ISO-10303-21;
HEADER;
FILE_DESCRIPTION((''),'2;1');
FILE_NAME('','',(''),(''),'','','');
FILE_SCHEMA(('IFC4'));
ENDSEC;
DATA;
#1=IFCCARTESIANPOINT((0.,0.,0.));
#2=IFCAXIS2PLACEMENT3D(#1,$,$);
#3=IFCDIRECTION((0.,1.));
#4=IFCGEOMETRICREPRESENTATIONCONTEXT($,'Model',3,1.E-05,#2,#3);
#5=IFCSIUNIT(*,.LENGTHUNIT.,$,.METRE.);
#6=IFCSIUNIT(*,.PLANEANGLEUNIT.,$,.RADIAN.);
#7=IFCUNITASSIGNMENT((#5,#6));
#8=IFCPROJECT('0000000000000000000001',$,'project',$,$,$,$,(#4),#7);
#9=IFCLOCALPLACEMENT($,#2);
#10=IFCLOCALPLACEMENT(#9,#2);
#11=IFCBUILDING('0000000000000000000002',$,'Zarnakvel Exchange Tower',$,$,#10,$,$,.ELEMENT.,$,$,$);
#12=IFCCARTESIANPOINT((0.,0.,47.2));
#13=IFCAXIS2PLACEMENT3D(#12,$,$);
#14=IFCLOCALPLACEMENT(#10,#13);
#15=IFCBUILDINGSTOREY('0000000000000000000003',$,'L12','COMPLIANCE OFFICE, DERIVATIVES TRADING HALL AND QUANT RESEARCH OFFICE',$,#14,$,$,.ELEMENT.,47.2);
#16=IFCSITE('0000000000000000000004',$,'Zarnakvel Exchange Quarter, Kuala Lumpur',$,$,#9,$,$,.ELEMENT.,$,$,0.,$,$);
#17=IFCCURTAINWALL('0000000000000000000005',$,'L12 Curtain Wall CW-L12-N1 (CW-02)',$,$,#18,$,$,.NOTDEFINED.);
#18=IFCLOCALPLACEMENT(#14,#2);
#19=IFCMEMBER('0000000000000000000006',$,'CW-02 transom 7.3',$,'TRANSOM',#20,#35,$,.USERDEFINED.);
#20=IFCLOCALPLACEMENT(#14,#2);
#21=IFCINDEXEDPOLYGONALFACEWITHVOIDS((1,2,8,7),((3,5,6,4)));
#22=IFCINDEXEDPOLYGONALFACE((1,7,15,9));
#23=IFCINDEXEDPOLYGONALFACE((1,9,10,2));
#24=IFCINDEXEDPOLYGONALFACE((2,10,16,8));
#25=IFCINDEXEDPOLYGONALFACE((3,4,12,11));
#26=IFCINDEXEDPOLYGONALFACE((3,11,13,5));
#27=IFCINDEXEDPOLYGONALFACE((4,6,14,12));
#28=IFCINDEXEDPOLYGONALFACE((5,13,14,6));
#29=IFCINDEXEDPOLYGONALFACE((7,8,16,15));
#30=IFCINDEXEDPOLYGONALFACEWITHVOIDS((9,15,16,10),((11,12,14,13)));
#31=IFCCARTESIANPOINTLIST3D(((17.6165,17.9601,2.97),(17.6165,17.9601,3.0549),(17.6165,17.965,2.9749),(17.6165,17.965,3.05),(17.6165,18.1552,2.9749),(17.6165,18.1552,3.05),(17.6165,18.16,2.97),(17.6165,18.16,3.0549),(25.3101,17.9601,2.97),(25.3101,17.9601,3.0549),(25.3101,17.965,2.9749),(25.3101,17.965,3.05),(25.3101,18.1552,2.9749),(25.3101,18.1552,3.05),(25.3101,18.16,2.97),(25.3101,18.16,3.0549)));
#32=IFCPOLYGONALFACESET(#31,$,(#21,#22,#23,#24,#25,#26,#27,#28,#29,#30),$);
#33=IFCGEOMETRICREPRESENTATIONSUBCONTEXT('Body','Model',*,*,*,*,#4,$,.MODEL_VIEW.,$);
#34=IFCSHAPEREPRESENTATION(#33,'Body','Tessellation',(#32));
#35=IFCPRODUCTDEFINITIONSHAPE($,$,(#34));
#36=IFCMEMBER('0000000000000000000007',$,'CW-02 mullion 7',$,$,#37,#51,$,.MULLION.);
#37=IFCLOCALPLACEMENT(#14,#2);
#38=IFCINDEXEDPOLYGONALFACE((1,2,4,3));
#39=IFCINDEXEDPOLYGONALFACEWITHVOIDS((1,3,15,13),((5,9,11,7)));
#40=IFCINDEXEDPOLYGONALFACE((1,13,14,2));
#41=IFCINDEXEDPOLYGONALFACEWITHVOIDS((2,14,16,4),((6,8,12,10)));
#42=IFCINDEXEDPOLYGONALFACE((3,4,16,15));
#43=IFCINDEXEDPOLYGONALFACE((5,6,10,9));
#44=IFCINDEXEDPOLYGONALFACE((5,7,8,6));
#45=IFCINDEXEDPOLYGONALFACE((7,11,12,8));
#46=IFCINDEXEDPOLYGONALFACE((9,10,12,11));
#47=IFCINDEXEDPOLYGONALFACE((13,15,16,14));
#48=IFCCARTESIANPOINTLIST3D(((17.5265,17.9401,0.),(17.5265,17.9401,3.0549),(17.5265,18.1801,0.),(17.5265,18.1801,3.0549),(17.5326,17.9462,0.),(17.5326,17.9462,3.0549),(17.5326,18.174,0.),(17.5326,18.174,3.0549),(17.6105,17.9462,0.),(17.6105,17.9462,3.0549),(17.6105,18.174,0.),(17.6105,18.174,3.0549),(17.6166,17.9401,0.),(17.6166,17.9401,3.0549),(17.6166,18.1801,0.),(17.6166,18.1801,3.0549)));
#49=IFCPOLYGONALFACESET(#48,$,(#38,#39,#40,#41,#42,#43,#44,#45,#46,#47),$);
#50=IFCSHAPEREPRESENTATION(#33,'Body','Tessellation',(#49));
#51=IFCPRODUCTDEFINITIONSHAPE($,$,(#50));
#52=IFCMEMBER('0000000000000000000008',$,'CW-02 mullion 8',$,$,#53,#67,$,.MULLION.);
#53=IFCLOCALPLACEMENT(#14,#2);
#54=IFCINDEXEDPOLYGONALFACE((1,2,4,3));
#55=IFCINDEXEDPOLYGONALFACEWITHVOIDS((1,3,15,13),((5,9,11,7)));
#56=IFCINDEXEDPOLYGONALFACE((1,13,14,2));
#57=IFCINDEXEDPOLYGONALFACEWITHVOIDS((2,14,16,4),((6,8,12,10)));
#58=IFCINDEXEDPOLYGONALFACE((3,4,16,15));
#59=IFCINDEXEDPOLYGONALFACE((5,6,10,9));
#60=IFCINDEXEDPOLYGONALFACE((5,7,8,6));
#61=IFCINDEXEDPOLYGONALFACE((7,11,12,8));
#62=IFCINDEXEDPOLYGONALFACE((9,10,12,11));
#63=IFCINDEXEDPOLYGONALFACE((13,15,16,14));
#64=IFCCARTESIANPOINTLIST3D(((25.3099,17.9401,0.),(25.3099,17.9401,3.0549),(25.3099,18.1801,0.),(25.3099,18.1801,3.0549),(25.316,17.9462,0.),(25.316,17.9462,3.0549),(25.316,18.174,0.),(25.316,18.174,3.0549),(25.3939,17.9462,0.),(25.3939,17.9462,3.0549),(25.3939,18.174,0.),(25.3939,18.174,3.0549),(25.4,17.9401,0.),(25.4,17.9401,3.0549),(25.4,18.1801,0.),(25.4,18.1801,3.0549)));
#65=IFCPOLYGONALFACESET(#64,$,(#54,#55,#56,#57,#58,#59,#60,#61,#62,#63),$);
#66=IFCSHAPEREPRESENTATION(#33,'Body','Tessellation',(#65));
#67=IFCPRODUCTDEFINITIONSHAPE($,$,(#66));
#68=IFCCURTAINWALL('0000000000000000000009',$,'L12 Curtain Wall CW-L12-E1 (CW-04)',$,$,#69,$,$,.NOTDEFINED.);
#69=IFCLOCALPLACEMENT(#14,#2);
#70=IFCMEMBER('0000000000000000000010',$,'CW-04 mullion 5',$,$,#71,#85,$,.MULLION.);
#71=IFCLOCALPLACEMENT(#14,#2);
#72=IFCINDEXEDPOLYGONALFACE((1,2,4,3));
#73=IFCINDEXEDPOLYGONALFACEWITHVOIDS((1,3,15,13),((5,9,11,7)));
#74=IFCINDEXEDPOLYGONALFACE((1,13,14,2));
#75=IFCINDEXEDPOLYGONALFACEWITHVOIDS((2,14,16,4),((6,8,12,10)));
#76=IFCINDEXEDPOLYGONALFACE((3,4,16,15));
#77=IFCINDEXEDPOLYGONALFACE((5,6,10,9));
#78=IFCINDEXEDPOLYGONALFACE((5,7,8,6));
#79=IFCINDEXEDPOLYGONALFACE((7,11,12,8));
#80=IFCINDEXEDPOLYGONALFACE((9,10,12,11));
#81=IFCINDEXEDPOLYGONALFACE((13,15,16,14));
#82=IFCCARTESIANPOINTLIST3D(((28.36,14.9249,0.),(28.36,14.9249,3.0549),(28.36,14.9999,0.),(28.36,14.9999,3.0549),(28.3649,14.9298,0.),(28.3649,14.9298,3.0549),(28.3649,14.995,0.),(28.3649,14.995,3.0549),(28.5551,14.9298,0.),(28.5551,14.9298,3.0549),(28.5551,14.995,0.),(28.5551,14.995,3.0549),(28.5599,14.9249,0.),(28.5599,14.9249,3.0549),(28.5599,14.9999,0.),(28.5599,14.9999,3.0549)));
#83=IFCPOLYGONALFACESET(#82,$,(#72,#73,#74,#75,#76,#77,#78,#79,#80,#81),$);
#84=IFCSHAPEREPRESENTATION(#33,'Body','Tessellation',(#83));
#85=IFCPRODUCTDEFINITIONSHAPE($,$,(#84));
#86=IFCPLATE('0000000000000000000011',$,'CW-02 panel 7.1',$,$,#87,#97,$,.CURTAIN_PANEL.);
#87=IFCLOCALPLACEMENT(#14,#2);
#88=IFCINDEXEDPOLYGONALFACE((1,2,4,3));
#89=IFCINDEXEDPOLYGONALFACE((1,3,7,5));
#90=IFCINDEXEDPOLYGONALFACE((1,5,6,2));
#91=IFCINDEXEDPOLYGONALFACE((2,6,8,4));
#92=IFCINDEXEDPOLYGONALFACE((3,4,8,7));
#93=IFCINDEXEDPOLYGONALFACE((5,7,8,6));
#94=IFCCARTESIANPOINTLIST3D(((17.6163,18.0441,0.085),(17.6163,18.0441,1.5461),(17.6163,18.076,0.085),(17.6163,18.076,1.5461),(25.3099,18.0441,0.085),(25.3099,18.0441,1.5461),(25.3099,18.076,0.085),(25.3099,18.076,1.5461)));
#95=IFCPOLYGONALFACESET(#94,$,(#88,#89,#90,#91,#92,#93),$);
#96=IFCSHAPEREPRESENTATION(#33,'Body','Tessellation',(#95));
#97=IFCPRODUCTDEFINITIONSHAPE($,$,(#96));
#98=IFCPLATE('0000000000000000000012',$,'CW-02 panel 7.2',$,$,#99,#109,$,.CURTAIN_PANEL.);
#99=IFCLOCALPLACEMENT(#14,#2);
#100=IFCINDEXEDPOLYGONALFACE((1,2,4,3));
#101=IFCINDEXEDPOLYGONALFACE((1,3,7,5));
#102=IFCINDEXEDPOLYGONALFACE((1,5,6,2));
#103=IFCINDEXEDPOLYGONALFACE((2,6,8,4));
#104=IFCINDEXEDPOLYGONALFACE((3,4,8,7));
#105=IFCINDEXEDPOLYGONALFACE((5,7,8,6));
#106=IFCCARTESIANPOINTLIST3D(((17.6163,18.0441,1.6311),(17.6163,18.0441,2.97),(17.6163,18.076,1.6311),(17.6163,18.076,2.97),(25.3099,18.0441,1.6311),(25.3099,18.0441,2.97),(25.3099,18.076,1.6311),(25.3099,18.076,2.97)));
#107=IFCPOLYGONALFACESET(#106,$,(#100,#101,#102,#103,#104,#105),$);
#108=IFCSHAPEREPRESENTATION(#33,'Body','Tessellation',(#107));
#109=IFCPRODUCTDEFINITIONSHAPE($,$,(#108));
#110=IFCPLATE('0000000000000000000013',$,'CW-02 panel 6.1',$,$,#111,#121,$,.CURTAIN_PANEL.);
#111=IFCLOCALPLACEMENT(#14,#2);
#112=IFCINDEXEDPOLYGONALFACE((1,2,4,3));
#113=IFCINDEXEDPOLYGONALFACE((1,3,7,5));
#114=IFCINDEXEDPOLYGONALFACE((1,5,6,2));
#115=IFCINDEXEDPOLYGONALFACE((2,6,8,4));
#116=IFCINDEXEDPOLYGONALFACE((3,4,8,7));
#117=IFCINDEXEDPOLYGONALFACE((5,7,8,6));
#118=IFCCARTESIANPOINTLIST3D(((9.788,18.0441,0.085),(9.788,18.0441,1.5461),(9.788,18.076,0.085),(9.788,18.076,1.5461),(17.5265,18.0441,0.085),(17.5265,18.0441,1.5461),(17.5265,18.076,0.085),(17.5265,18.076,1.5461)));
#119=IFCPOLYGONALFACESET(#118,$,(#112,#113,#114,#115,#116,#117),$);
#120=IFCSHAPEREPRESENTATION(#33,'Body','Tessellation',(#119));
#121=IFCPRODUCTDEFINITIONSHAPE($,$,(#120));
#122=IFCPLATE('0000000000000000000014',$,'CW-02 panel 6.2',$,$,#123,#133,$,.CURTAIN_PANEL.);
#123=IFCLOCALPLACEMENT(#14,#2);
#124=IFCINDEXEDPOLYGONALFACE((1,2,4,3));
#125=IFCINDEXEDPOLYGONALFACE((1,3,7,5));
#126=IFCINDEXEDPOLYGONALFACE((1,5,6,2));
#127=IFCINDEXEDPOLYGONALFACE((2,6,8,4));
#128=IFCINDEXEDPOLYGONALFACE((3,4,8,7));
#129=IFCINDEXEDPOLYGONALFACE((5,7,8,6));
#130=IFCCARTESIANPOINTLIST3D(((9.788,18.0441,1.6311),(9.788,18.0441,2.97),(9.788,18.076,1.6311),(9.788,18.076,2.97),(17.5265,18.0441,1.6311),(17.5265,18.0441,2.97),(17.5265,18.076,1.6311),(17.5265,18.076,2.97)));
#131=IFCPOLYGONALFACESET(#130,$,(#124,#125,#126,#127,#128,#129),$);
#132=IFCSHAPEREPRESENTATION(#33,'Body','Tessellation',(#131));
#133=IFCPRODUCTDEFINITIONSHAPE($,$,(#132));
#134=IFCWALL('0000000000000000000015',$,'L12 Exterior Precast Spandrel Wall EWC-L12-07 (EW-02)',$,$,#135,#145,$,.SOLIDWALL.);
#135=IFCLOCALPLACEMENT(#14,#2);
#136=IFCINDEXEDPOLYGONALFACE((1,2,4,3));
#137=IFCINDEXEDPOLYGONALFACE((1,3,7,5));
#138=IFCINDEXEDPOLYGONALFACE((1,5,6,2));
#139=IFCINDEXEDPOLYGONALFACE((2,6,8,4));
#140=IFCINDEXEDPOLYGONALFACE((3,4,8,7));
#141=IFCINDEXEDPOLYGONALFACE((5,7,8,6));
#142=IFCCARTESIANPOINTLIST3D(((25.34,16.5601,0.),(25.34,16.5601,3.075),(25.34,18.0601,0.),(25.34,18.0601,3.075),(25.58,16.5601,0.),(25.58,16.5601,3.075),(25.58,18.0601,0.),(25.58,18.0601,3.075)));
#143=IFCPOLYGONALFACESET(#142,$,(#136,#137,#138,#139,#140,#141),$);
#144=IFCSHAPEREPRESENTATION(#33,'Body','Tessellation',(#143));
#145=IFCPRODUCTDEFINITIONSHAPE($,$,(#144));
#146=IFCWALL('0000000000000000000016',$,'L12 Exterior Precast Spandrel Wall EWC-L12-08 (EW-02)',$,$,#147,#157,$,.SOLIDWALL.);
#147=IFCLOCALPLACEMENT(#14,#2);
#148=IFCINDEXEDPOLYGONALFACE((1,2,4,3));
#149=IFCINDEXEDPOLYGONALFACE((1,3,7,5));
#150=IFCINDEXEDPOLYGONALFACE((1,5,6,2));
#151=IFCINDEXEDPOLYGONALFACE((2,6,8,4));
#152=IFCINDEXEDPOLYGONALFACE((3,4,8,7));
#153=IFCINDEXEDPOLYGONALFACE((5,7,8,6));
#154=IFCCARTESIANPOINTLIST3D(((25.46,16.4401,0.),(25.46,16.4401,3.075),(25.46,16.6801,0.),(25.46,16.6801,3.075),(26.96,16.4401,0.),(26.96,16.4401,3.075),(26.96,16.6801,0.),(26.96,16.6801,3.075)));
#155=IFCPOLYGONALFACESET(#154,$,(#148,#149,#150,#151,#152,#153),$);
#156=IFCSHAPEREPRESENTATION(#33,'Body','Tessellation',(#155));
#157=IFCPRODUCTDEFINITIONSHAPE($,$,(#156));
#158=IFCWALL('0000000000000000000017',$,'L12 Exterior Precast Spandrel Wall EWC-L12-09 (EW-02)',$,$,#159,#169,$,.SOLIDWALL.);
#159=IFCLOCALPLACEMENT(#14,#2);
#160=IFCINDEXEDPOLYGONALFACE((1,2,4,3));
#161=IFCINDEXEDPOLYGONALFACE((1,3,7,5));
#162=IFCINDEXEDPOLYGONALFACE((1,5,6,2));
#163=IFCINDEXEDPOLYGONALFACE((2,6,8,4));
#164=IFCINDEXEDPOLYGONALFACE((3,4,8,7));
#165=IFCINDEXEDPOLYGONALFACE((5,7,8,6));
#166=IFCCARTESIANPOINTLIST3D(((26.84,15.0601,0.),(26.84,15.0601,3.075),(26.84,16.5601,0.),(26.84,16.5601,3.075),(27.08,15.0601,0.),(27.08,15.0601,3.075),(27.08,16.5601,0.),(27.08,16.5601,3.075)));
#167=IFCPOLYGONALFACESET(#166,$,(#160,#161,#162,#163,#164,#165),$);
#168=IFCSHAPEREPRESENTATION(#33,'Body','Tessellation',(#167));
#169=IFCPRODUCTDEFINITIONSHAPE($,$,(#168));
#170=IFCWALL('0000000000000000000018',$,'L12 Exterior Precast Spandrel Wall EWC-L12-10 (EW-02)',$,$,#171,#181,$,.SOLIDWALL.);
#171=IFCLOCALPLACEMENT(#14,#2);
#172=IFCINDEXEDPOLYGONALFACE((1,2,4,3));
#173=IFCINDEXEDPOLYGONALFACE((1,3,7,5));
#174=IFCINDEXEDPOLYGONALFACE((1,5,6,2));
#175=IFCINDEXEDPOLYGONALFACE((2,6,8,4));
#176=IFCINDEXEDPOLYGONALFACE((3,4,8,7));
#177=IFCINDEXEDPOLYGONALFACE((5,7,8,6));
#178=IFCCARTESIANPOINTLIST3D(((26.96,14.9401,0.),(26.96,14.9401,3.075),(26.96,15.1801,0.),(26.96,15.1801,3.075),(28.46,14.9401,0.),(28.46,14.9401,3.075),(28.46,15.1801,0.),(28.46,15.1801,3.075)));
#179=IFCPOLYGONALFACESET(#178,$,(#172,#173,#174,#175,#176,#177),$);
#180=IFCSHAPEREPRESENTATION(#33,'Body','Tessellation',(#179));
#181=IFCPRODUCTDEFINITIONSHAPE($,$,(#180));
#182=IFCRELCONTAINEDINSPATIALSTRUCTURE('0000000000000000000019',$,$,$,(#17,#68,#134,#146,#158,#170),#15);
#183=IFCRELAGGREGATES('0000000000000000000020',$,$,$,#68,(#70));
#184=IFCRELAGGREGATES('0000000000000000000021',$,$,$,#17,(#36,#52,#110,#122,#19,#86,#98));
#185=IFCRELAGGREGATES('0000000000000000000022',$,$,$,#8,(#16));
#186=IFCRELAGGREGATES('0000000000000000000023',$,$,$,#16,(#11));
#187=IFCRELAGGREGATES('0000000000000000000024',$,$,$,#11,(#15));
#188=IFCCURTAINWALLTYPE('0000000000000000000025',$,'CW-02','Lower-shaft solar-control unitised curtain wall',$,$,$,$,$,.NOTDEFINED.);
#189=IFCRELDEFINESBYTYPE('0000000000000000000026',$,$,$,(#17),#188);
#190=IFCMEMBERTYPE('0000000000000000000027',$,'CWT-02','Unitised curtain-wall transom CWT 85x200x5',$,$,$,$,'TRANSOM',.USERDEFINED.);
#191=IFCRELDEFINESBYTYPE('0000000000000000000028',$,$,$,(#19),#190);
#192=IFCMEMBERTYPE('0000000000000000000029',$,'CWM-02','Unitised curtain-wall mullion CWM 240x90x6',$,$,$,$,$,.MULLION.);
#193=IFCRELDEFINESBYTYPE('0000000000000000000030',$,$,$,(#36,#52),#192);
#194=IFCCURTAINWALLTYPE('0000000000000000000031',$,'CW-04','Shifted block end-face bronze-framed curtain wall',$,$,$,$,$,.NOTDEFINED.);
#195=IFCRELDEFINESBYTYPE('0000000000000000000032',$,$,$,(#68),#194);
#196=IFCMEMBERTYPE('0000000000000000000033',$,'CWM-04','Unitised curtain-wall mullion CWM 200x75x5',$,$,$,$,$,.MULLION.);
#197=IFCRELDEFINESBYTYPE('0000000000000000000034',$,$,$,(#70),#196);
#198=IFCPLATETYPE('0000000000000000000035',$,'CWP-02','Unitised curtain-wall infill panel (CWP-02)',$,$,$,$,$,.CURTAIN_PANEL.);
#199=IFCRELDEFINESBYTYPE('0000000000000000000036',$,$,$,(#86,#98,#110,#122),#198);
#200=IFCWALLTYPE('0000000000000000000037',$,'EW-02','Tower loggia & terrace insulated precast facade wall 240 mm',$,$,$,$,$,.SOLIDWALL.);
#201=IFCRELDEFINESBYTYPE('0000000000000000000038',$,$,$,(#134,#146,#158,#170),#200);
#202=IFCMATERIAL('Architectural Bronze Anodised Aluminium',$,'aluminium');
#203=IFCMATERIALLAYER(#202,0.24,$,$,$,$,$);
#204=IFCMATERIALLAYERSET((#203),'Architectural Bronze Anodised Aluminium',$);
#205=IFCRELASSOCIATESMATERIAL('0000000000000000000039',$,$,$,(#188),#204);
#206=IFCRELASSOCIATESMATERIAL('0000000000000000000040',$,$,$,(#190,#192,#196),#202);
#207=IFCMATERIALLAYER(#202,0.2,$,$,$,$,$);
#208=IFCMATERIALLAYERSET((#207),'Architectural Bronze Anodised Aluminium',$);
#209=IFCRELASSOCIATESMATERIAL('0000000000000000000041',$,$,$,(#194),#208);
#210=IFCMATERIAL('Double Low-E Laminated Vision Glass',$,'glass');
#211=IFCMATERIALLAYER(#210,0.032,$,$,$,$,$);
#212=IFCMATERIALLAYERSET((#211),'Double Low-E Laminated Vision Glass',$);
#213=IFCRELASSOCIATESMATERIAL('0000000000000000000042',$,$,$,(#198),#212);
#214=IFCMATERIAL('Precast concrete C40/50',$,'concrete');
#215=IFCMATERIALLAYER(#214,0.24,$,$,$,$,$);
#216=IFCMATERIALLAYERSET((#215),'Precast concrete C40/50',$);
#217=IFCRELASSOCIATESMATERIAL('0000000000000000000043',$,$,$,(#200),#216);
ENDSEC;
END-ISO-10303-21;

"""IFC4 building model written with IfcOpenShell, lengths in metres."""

from ifc_helpers import new_model, si_unit, direction, frame, frame_2d, origin, origin_2d, place, context, subcontext, project, spatial, rectangle, hollow_rectangle, extrude, source, transform, mapped, material, layer, layer_set, material_profile, profile_set, type_object, element, aggregate, save


model = new_model("IFC4")

# Units and contexts
model_context = context("Model", 3, precision=1e-05, world=origin(), true_north=direction((0.0, 1.0)))
body_context = subcontext(model_context, "Body", "Model", "MODEL_VIEW")
ifc_project = project(units=[si_unit("LENGTHUNIT", "METRE"), si_unit("PLANEANGLEUNIT", "RADIAN")], contexts=[model_context])

# Site, building, storey
site_placement = place(None, origin())
site = spatial("IfcSite", under=ifc_project, at=site_placement, Name="Zarnakvel Exchange Quarter, Kuala Lumpur", CompositionType="ELEMENT", RefElevation=0.0)
building_placement = place(site_placement, origin())
building = spatial("IfcBuilding", under=site, at=building_placement, Name="Zarnakvel Exchange Tower", CompositionType="ELEMENT")
storey_placement = place(building_placement, frame((0.0, 0.0, 47.2)))
storey = spatial("IfcBuildingStorey", under=building, at=storey_placement, Name="L12", Description="COMPLIANCE OFFICE, DERIVATIVES TRADING HALL AND QUANT RESEARCH OFFICE", CompositionType="ELEMENT", Elevation=47.2)

# Curtain wall, members
ifc_material_1 = material(Name="Architectural Bronze Anodised Aluminium", Category="aluminium")
ifc_layer_1 = layer(ifc_material_1, 0.24)
ifc_layer_set_1 = layer_set([ifc_layer_1], Name="Architectural Bronze Anodised Aluminium")
curtain_wall_type_1 = type_object("IfcCurtainWallType", Name="CW-02", Description="Lower-shaft solar-control unitised curtain wall", PredefinedType="NOTDEFINED", material=ifc_layer_set_1)
curtain_wall_1_placement = place(storey_placement, origin())
curtain_wall_1 = element("IfcCurtainWall", 1, at=curtain_wall_1_placement, inside=storey, type_object=curtain_wall_type_1, Name="L12 Curtain Wall CW-L12-N1 (CW-02)", PredefinedType="NOTDEFINED")
ifc_material_profile_1 = material_profile(ifc_material_1, hollow_rectangle(XDim=0.2, YDim=0.085, WallThickness=0.0049, at=origin_2d()))
ifc_profile_set_1 = profile_set([ifc_material_profile_1], Name="Architectural Bronze Anodised Aluminium")
member_type_1 = type_object("IfcMemberType", Name="CWT-02", Description="Unitised curtain-wall transom CWT 85x200x5", ElementType="TRANSOM", PredefinedType="USERDEFINED", material=ifc_profile_set_1)
shared_shape_1 = source(origin(), body_context, "Body", "SweptSolid", [
    extrude(hollow_rectangle(XDim=0.2, YDim=0.085, WallThickness=0.0049, at=origin_2d()), origin(), (0.0, 0.0, 1.0), 7.6936),
])
member_1_placement = place(storey_placement, frame((17.6165, 18.0601, 3.0125), z_axis=(1.0, 0.0, 0.0), x_axis=(0.0, 1.0, 0.0)))
member_1 = element("IfcMember", 2, at=member_1_placement, type_object=member_type_1, Name="CW-02 transom 7.3", ObjectType="TRANSOM", PredefinedType="USERDEFINED", context=body_context, shape_type="MappedRepresentation", body=[
    mapped(shared_shape_1, transform((0.0, 0.0, 0.0), x_axis=(1.0, 0.0, 0.0), y_axis=(0.0, 1.0, 0.0), z_axis=(0.0, 0.0, 1.0), scale=1.0)),
])
ifc_material_profile_2 = material_profile(ifc_material_1, hollow_rectangle(XDim=0.24, YDim=0.0901, WallThickness=0.0061, at=origin_2d()))
ifc_profile_set_2 = profile_set([ifc_material_profile_2], Name="Architectural Bronze Anodised Aluminium")
member_type_2 = type_object("IfcMemberType", Name="CWM-02", Description="Unitised curtain-wall mullion CWM 240x90x6", PredefinedType="MULLION", material=ifc_profile_set_2)
shared_shape_2 = source(origin(), body_context, "Body", "SweptSolid", [
    extrude(hollow_rectangle(XDim=0.24, YDim=0.0901, WallThickness=0.0061, at=origin_2d()), origin(), (0.0, 0.0, 1.0), 3.0549),
])
member_2_placement = place(storey_placement, frame((17.5715, 18.0601, 0.0), z_axis=(0.0, 0.0, 1.0), x_axis=(0.0, 1.0, 0.0)))
member_2 = element("IfcMember", 3, at=member_2_placement, type_object=member_type_2, Name="CW-02 mullion 7", PredefinedType="MULLION", context=body_context, shape_type="MappedRepresentation", body=[
    mapped(shared_shape_2, transform((0.0, 0.0, 0.0), x_axis=(1.0, 0.0, 0.0), y_axis=(0.0, 1.0, 0.0), z_axis=(0.0, 0.0, 1.0), scale=1.0)),
])
member_3_placement = place(storey_placement, frame((25.355, 18.0601, 0.0), z_axis=(0.0, 0.0, 1.0), x_axis=(0.0, 1.0, 0.0)))
member_3 = element("IfcMember", 4, at=member_3_placement, type_object=member_type_2, Name="CW-02 mullion 8", PredefinedType="MULLION", context=body_context, shape_type="MappedRepresentation", body=[
    mapped(shared_shape_2, transform((0.0, 0.0, 0.0), x_axis=(1.0, 0.0, 0.0), y_axis=(0.0, 1.0, 0.0), z_axis=(0.0, 0.0, 1.0), scale=1.0)),
])

# Curtain wall, member
ifc_layer_2 = layer(ifc_material_1, 0.2)
ifc_layer_set_2 = layer_set([ifc_layer_2], Name="Architectural Bronze Anodised Aluminium")
curtain_wall_type_2 = type_object("IfcCurtainWallType", Name="CW-04", Description="Shifted block end-face bronze-framed curtain wall", PredefinedType="NOTDEFINED", material=ifc_layer_set_2)
curtain_wall_2_placement = place(storey_placement, origin())
curtain_wall_2 = element("IfcCurtainWall", 5, at=curtain_wall_2_placement, inside=storey, type_object=curtain_wall_type_2, Name="L12 Curtain Wall CW-L12-E1 (CW-04)", PredefinedType="NOTDEFINED")
ifc_material_profile_3 = material_profile(ifc_material_1, hollow_rectangle(XDim=0.2, YDim=0.075, WallThickness=0.0049, at=origin_2d()))
ifc_profile_set_3 = profile_set([ifc_material_profile_3], Name="Architectural Bronze Anodised Aluminium")
member_type_3 = type_object("IfcMemberType", Name="CWM-04", Description="Unitised curtain-wall mullion CWM 200x75x5", PredefinedType="MULLION", material=ifc_profile_set_3)
shared_shape_3 = source(origin(), body_context, "Body", "SweptSolid", [
    extrude(hollow_rectangle(XDim=0.2, YDim=0.075, WallThickness=0.0049, at=origin_2d()), origin(), (0.0, 0.0, 1.0), 3.0549),
])
member_4_placement = place(storey_placement, frame((28.46, 14.9624, 0.0), z_axis=(0.0, 0.0, 1.0), x_axis=(-1.0, 0.0, 0.0)))
member_4 = element("IfcMember", 6, at=member_4_placement, type_object=member_type_3, Name="CW-04 mullion 5", PredefinedType="MULLION", context=body_context, shape_type="MappedRepresentation", body=[
    mapped(shared_shape_3, transform((0.0, 0.0, 0.0), x_axis=(1.0, 0.0, 0.0), y_axis=(0.0, 1.0, 0.0), z_axis=(0.0, 0.0, 1.0), scale=1.0)),
])
aggregate(curtain_wall_2, [member_4])

# Plates
ifc_material_2 = material(Name="Double Low-E Laminated Vision Glass", Category="glass")
ifc_layer_3 = layer(ifc_material_2, 0.032)
ifc_layer_set_3 = layer_set([ifc_layer_3], Name="Double Low-E Laminated Vision Glass")
plate_type = type_object("IfcPlateType", Name="CWP-02", Description="Unitised curtain-wall infill panel (CWP-02)", PredefinedType="CURTAIN_PANEL", material=ifc_layer_set_3)
shared_shape_4 = source(origin(), body_context, "Body", "SweptSolid", [
    extrude(rectangle(XDim=7.6936, YDim=0.032, at=origin_2d()), origin(), (0.0, 0.0, 1.0), 1.4612),
])
plate_1_placement = place(storey_placement, frame((21.4631, 18.0601, 0.085), z_axis=(0.0, 0.0, 1.0), x_axis=(1.0, 0.0, 0.0)))
plate_1 = element("IfcPlate", 7, at=plate_1_placement, type_object=plate_type, Name="CW-02 panel 7.1", PredefinedType="CURTAIN_PANEL", context=body_context, shape_type="MappedRepresentation", body=[
    mapped(shared_shape_4, transform((0.0, 0.0, 0.0), x_axis=(1.0, 0.0, 0.0), y_axis=(0.0, 1.0, 0.0), z_axis=(0.0, 0.0, 1.0), scale=1.0)),
])
shared_shape_5 = source(origin(), body_context, "Body", "SweptSolid", [
    extrude(rectangle(XDim=7.6936, YDim=0.032, at=origin_2d()), origin(), (0.0, 0.0, 1.0), 1.3389),
])
plate_2_placement = place(storey_placement, frame((21.4631, 18.0601, 1.6311), z_axis=(0.0, 0.0, 1.0), x_axis=(1.0, 0.0, 0.0)))
plate_2 = element("IfcPlate", 8, at=plate_2_placement, type_object=plate_type, Name="CW-02 panel 7.2", PredefinedType="CURTAIN_PANEL", context=body_context, shape_type="MappedRepresentation", body=[
    mapped(shared_shape_5, transform((0.0, 0.0, 0.0), x_axis=(1.0, 0.0, 0.0), y_axis=(0.0, 1.0, 0.0), z_axis=(0.0, 0.0, 1.0), scale=1.0)),
])
shared_shape_6 = source(origin(), body_context, "Body", "SweptSolid", [
    extrude(rectangle(XDim=7.7385, YDim=0.032, at=origin_2d()), origin(), (0.0, 0.0, 1.0), 1.4612),
])
plate_3_placement = place(storey_placement, frame((13.6572, 18.0601, 0.085), z_axis=(0.0, 0.0, 1.0), x_axis=(1.0, 0.0, 0.0)))
plate_3 = element("IfcPlate", 9, at=plate_3_placement, type_object=plate_type, Name="CW-02 panel 6.1", PredefinedType="CURTAIN_PANEL", context=body_context, shape_type="MappedRepresentation", body=[
    mapped(shared_shape_6, transform((0.0, 0.0, 0.0), x_axis=(1.0, 0.0, 0.0), y_axis=(0.0, 1.0, 0.0), z_axis=(0.0, 0.0, 1.0), scale=1.0)),
])
shared_shape_7 = source(origin(), body_context, "Body", "SweptSolid", [
    extrude(rectangle(XDim=7.7385, YDim=0.032, at=origin_2d()), origin(), (0.0, 0.0, 1.0), 1.3389),
])
plate_4_placement = place(storey_placement, frame((13.6572, 18.0601, 1.6311), z_axis=(0.0, 0.0, 1.0), x_axis=(1.0, 0.0, 0.0)))
plate_4 = element("IfcPlate", 10, at=plate_4_placement, type_object=plate_type, Name="CW-02 panel 6.2", PredefinedType="CURTAIN_PANEL", context=body_context, shape_type="MappedRepresentation", body=[
    mapped(shared_shape_7, transform((0.0, 0.0, 0.0), x_axis=(1.0, 0.0, 0.0), y_axis=(0.0, 1.0, 0.0), z_axis=(0.0, 0.0, 1.0), scale=1.0)),
])
aggregate(curtain_wall_1, [member_2, member_3, plate_3, plate_4, member_1, plate_1, plate_2])

# Walls
ifc_material_3 = material(Name="Precast concrete C40/50", Category="concrete")
ifc_layer_4 = layer(ifc_material_3, 0.24)
ifc_layer_set_4 = layer_set([ifc_layer_4], Name="Precast concrete C40/50")
wall_type_1 = type_object("IfcWallType", Name="EW-02", Description="Tower loggia & terrace insulated precast facade wall 240 mm", PredefinedType="SOLIDWALL", material=ifc_layer_set_4)
for number, where, z_axis, x_axis, name in (
    (11, (25.46, 16.5601, 0.0), (0.0, 0.0, 1.0), (0.0, 1.0, 0.0), "L12 Exterior Precast Spandrel Wall EWC-L12-07 (EW-02)"),
    (12, (26.96, 16.5601, 0.0), (0.0, 0.0, 1.0), (-1.0, 0.0, 0.0), "L12 Exterior Precast Spandrel Wall EWC-L12-08 (EW-02)"),
    (13, (26.96, 15.0601, 0.0), (0.0, 0.0, 1.0), (0.0, 1.0, 0.0), "L12 Exterior Precast Spandrel Wall EWC-L12-09 (EW-02)"),
    (14, (28.46, 15.0601, 0.0), (0.0, 0.0, 1.0), (-1.0, 0.0, 0.0), "L12 Exterior Precast Spandrel Wall EWC-L12-10 (EW-02)"),
):
    element("IfcWall", number, at=place(storey_placement, frame(where, z_axis=z_axis, x_axis=x_axis)), inside=storey, type_object=wall_type_1, Name=name, PredefinedType="SOLIDWALL", context=body_context, shape_type="SweptSolid", body=[
        extrude(rectangle(XDim=1.5, YDim=0.24, at=frame_2d((0.75, 0.0))), origin(), (0.0, 0.0, 1.0), 3.075),
    ])

save(model, "model.ifc")
